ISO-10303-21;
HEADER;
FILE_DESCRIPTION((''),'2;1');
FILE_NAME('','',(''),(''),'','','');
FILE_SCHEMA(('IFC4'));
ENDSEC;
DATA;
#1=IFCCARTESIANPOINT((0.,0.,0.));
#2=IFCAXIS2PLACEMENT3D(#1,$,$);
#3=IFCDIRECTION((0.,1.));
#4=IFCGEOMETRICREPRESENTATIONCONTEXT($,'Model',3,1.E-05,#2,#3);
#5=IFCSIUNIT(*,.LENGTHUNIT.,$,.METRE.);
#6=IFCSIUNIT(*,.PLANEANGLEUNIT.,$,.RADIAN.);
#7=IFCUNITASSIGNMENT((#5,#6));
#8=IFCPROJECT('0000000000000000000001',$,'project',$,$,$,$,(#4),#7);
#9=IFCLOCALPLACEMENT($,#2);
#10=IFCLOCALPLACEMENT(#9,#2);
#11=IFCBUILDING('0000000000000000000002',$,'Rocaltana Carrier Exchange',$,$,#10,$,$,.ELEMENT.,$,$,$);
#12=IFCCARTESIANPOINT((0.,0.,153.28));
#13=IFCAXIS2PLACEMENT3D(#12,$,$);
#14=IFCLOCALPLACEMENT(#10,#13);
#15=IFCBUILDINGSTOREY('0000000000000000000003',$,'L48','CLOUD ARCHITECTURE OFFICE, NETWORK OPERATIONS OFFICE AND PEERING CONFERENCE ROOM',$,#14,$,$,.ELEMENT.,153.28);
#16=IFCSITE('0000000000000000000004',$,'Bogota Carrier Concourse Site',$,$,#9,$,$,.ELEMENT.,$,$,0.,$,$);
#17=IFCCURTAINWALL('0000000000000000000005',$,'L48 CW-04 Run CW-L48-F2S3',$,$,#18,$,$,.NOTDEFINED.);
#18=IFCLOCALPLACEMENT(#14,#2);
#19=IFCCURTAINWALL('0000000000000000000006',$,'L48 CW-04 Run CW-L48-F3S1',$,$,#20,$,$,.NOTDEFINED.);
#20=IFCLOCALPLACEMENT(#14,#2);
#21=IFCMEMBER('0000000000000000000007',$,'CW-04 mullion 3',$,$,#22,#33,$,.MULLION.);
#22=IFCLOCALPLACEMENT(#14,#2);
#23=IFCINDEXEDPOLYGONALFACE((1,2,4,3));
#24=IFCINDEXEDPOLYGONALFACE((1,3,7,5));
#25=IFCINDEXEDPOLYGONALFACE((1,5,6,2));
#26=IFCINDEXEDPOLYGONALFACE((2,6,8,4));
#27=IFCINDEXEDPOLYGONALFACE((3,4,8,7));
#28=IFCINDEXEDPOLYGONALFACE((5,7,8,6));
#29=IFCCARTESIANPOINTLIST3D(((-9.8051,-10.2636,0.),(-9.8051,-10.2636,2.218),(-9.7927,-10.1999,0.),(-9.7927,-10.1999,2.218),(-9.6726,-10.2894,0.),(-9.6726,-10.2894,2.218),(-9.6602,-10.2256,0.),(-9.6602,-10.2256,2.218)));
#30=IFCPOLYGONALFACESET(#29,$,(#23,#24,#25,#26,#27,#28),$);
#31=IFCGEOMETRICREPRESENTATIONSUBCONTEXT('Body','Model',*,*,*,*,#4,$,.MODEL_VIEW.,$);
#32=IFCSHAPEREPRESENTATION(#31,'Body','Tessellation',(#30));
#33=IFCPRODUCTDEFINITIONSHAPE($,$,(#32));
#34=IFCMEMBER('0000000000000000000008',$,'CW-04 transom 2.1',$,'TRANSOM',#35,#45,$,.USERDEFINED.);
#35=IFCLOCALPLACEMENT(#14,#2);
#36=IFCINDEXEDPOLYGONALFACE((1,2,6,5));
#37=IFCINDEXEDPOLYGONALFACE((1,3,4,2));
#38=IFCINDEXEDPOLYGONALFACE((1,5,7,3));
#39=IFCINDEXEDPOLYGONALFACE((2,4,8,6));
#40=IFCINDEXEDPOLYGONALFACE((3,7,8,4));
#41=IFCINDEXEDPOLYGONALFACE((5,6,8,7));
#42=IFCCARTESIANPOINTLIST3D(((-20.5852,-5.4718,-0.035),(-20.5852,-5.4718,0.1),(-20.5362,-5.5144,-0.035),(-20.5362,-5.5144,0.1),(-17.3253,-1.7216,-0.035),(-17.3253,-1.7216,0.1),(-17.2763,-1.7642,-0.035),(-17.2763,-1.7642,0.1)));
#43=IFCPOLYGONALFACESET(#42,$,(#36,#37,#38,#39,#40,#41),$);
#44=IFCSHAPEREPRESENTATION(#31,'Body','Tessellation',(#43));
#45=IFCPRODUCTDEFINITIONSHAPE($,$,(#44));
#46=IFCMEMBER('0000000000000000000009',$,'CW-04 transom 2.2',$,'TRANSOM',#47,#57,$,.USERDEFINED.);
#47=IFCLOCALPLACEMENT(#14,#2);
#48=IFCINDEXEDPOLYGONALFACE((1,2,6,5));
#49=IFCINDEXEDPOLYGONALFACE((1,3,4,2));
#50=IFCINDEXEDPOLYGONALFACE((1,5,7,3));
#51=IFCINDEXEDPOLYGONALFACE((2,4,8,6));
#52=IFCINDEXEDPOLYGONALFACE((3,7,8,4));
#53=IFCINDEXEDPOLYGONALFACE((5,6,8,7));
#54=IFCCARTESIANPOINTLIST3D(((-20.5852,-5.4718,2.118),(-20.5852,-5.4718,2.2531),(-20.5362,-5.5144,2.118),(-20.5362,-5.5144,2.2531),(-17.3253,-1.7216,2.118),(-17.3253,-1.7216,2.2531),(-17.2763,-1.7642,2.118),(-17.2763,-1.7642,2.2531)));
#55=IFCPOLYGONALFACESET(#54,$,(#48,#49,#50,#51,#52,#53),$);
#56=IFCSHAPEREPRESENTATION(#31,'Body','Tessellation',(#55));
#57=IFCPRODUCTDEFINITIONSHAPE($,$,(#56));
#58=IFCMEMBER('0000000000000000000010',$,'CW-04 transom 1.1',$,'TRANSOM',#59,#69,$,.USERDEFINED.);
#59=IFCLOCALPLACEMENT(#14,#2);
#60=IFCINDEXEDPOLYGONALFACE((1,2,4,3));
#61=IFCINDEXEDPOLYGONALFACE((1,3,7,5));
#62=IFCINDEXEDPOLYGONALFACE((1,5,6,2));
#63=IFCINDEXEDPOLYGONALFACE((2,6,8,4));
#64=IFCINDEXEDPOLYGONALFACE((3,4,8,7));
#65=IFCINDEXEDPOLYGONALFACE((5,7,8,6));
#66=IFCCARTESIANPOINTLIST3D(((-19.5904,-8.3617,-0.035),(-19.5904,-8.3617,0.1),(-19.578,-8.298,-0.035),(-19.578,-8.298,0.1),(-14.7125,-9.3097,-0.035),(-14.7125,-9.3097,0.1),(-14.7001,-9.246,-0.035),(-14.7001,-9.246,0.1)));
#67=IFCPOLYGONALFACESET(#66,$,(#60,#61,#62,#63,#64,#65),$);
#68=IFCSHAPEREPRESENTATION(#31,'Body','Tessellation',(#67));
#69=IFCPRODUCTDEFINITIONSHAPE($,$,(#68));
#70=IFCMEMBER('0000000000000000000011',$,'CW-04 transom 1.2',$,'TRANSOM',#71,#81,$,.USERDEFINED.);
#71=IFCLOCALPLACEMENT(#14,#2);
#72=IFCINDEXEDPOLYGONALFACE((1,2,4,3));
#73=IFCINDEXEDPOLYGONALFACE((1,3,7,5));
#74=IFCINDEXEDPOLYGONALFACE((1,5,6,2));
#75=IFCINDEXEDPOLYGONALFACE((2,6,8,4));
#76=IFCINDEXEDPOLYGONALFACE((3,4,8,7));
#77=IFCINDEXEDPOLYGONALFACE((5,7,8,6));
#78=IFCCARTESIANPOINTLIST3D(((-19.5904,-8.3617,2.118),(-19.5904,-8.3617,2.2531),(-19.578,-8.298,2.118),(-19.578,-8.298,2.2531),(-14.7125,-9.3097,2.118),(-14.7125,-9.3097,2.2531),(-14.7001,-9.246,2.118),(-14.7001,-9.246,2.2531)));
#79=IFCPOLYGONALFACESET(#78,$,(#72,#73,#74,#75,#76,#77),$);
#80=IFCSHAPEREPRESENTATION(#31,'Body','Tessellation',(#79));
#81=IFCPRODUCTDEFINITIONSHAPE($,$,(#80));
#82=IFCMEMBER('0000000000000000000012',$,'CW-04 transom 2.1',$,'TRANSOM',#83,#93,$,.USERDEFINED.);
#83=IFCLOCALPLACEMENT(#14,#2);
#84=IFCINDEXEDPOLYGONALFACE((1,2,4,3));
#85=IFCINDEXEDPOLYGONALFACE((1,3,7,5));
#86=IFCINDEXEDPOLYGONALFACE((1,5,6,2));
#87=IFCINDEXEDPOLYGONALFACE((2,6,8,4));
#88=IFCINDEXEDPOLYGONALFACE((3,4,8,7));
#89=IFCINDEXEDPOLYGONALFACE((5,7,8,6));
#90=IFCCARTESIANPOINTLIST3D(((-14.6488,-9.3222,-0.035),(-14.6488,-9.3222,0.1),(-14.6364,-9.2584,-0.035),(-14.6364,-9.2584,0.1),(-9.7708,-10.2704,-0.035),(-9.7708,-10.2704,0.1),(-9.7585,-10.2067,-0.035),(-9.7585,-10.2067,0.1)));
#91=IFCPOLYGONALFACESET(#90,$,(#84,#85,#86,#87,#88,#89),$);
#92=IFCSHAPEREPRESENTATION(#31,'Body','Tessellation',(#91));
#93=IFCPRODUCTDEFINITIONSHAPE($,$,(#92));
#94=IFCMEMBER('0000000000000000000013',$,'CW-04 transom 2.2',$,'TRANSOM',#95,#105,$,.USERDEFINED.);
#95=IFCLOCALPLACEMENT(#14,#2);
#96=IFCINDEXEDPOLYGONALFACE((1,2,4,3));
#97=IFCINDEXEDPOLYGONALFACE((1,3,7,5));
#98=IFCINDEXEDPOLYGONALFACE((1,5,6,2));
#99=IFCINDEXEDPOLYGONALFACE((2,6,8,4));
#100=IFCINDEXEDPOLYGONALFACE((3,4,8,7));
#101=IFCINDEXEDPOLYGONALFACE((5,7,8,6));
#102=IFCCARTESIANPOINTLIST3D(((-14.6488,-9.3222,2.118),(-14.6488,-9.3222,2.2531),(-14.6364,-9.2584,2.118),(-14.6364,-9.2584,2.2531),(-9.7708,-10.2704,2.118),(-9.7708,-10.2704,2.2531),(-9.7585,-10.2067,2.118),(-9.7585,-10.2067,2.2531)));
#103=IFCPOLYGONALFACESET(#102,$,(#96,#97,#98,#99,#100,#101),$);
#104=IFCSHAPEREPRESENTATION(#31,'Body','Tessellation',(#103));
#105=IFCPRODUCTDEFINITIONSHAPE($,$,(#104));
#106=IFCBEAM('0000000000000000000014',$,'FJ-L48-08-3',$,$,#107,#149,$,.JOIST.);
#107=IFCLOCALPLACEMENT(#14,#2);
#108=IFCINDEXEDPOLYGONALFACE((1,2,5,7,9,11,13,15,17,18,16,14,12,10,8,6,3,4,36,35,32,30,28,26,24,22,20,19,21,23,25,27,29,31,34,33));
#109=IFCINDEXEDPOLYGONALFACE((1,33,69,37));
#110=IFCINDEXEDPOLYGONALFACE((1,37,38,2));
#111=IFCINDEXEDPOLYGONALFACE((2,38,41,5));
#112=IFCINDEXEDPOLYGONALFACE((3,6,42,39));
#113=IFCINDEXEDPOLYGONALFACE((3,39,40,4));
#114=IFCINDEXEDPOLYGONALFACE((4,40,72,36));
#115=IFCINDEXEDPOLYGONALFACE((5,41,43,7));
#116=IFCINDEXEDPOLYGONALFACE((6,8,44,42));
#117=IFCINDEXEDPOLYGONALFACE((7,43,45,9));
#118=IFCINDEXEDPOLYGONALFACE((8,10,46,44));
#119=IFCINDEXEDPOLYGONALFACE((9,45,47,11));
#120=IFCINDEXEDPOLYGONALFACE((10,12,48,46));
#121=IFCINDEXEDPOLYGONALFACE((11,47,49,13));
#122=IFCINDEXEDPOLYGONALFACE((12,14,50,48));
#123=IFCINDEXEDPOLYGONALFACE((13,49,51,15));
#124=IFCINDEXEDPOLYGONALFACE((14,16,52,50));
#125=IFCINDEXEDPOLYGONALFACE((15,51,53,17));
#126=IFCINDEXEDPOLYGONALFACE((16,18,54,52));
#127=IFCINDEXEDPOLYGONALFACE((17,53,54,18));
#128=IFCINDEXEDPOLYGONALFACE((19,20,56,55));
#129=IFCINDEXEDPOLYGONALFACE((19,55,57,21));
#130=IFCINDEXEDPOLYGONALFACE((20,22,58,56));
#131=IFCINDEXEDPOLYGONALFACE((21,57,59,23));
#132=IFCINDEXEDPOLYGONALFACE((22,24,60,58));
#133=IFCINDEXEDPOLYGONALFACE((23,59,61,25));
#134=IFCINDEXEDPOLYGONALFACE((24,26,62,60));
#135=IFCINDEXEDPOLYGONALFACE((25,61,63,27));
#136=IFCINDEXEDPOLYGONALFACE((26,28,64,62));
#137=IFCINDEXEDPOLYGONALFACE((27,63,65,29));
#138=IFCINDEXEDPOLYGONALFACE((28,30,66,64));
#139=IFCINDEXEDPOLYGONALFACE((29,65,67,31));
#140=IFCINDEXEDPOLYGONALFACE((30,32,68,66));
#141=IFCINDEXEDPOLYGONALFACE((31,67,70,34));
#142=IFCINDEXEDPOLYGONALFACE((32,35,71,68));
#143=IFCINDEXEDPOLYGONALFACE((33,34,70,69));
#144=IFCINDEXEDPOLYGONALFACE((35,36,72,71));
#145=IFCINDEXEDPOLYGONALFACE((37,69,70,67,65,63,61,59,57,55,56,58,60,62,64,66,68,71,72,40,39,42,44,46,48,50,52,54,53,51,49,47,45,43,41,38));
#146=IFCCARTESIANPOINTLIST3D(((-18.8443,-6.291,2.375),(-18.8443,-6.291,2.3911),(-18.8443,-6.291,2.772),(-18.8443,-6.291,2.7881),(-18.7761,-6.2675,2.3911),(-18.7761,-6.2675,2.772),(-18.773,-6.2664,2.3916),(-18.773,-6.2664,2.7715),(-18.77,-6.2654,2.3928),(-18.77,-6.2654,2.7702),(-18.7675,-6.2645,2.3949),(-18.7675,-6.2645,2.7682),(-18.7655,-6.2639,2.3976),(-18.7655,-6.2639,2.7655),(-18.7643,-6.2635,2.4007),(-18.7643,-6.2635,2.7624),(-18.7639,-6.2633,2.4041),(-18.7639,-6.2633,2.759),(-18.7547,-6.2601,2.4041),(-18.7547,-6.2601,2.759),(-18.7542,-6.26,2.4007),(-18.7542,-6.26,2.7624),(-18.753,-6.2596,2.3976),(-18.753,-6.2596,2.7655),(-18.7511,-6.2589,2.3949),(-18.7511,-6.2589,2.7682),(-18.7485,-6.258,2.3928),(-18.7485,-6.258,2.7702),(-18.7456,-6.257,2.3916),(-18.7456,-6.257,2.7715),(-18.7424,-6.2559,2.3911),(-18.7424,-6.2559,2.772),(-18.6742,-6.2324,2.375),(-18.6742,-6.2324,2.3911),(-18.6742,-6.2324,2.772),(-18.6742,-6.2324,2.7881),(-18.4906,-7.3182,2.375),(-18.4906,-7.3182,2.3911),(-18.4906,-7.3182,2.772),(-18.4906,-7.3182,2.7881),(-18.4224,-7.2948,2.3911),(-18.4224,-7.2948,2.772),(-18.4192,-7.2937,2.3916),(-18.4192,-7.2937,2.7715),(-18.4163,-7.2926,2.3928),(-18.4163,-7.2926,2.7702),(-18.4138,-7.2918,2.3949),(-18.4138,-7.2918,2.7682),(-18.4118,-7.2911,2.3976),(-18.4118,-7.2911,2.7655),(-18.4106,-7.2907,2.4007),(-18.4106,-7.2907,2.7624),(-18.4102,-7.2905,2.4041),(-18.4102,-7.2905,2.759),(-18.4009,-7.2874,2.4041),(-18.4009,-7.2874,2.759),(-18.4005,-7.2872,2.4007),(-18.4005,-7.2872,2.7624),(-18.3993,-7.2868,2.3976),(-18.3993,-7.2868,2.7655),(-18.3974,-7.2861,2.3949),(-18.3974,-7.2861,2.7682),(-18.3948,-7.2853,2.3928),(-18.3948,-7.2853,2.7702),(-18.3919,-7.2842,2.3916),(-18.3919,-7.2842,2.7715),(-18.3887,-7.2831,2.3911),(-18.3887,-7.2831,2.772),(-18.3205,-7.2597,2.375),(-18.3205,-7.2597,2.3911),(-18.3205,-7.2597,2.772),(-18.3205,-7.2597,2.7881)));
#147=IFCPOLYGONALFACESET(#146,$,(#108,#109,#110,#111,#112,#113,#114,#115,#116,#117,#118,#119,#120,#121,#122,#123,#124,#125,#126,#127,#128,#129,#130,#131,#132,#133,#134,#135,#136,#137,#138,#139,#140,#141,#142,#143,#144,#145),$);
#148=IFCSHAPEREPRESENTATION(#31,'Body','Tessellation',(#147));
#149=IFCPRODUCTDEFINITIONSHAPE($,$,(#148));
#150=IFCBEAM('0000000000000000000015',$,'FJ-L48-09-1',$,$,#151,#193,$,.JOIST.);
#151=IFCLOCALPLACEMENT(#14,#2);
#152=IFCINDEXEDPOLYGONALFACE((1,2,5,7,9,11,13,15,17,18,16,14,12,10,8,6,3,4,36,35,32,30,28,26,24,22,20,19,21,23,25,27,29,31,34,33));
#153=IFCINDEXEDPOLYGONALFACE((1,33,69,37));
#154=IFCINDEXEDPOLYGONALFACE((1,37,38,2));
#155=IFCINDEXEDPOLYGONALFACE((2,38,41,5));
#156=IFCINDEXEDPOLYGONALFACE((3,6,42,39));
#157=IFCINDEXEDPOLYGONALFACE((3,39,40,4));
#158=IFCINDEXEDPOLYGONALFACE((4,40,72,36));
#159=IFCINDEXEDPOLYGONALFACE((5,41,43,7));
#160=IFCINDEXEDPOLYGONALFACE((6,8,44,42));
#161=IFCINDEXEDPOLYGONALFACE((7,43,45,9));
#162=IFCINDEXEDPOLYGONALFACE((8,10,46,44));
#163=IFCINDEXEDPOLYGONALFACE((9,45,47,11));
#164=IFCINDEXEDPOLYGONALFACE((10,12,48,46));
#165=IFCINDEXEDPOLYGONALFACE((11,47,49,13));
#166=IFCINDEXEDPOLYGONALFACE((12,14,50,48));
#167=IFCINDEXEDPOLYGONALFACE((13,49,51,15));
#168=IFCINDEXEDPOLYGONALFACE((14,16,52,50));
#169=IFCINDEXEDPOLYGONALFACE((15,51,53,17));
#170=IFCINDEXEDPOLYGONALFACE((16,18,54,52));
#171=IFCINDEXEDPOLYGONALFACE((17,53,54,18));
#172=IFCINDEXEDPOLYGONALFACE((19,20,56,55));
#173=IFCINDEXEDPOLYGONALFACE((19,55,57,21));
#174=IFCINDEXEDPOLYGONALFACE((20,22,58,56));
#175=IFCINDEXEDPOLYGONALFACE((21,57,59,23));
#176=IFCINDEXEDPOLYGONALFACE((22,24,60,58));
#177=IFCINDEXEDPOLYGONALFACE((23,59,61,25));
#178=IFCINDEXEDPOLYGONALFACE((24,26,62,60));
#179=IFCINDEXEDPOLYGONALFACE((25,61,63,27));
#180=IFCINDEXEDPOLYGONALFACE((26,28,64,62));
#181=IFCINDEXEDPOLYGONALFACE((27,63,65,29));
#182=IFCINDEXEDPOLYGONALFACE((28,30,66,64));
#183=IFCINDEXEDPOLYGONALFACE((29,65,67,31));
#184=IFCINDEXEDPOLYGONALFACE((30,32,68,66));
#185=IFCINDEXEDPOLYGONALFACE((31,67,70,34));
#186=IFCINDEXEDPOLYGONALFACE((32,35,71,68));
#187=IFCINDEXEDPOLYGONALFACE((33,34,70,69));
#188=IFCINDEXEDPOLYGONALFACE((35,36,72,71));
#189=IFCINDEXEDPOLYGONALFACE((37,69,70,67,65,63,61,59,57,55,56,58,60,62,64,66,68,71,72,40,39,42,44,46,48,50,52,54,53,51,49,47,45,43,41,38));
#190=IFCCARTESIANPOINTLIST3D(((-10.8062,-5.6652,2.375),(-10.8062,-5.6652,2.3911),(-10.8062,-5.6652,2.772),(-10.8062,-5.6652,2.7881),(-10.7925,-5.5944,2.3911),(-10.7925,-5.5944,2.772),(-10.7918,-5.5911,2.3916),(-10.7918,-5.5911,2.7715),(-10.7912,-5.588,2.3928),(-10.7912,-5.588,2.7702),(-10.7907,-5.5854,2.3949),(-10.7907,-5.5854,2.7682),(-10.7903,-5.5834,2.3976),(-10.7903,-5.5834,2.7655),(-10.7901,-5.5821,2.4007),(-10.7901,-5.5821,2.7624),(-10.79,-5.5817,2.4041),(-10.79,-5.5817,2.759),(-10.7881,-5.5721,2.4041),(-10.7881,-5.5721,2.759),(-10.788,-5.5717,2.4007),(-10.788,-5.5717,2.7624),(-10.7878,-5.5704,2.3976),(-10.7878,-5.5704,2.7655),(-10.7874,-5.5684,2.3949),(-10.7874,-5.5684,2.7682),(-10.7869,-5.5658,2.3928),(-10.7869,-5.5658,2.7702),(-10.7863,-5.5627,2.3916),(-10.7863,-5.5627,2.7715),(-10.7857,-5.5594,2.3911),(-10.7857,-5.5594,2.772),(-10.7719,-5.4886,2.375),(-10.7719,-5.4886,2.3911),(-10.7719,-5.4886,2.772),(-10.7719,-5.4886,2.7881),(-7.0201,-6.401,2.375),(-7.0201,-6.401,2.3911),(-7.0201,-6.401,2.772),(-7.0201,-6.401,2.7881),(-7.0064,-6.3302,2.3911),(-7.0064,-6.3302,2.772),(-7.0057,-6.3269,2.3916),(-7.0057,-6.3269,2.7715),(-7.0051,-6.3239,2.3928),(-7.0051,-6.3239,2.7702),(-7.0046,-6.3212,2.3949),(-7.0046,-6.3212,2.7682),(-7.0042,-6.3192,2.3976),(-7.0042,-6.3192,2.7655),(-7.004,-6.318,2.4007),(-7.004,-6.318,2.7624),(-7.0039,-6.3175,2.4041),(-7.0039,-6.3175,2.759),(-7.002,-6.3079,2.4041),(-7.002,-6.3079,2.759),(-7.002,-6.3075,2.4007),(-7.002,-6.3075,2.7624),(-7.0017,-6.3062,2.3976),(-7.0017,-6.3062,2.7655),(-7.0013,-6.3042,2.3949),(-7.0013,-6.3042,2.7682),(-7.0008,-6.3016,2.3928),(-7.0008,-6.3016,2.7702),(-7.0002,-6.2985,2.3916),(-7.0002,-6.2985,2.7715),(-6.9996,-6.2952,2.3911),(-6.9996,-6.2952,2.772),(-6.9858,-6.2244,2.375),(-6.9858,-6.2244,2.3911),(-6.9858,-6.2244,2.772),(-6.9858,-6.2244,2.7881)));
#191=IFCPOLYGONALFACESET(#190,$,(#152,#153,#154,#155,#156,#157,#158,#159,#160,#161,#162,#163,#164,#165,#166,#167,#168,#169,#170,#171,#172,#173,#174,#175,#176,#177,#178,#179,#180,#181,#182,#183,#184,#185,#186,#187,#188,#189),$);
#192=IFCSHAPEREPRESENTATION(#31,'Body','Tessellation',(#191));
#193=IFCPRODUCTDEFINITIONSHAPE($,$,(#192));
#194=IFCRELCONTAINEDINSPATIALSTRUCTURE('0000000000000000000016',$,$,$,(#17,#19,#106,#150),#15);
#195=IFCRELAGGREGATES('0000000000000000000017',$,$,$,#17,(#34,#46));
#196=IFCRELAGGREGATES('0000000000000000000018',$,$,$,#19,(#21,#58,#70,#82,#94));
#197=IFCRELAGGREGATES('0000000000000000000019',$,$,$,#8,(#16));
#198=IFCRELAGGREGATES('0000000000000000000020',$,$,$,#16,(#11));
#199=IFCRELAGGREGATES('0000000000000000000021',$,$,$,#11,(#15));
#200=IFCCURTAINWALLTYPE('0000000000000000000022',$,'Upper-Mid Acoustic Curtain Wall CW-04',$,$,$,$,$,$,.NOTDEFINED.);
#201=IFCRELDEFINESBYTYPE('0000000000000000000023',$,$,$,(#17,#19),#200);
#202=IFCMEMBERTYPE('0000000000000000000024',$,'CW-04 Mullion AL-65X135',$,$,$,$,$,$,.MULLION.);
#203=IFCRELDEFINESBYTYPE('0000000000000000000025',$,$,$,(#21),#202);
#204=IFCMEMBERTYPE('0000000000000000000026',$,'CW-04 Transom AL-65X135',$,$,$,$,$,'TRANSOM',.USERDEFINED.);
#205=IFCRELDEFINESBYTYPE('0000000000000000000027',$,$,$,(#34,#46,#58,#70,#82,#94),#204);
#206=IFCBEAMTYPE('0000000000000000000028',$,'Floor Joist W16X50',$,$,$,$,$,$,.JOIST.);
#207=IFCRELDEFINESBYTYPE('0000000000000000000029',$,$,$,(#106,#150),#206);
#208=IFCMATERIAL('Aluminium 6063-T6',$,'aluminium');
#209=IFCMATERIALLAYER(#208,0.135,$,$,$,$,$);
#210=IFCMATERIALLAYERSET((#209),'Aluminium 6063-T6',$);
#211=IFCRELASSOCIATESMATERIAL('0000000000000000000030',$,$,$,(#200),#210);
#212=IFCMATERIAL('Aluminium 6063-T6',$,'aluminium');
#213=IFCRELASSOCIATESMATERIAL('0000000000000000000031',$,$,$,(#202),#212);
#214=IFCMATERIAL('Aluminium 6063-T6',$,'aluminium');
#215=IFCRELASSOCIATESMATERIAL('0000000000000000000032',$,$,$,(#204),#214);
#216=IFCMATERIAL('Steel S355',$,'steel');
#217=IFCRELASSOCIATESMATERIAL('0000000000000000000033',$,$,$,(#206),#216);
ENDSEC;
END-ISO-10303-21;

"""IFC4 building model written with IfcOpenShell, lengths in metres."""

from ifc_helpers import new_model, si_unit, direction, frame, origin, origin_2d, place, context, subcontext, project, spatial, rectangle, i_section, extrude, material, layer, layer_set, material_profile, profile_set, type_object, element, aggregate, save


model = new_model("IFC4")

# Units and contexts
model_context = context("Model", 3, precision=1e-05, world=origin(), true_north=direction((0.0, 1.0)))
body_context = subcontext(model_context, "Body", "Model", "MODEL_VIEW")
ifc_project = project(units=[si_unit("LENGTHUNIT", "METRE"), si_unit("PLANEANGLEUNIT", "RADIAN")], contexts=[model_context])

# Site, building, storey
site_placement = place(None, origin())
site = spatial("IfcSite", under=ifc_project, at=site_placement, Name="Bogota Carrier Concourse Site", CompositionType="ELEMENT", RefElevation=0.0)
building_placement = place(site_placement, origin())
building = spatial("IfcBuilding", under=site, at=building_placement, Name="Rocaltana Carrier Exchange", CompositionType="ELEMENT")
storey_placement = place(building_placement, frame((0.0, 0.0, 153.28)))
storey = spatial("IfcBuildingStorey", under=building, at=storey_placement, Name="L48", Description="CLOUD ARCHITECTURE OFFICE, NETWORK OPERATIONS OFFICE AND PEERING CONFERENCE ROOM", CompositionType="ELEMENT", Elevation=153.28)

# Curtain walls, member
ifc_material_1 = material(Name="Aluminium 6063-T6", Category="aluminium")
ifc_layer_1 = layer(ifc_material_1, 0.135)
ifc_layer_set_1 = layer_set([ifc_layer_1], Name="Aluminium 6063-T6")
curtain_wall_type = type_object("IfcCurtainWallType", Name="Upper-Mid Acoustic Curtain Wall CW-04", PredefinedType="NOTDEFINED", material=ifc_layer_set_1)
curtain_wall_1_placement = place(storey_placement, origin())
curtain_wall_1 = element("IfcCurtainWall", 1, at=curtain_wall_1_placement, inside=storey, type_object=curtain_wall_type, Name="L48 CW-04 Run CW-L48-F2S3", PredefinedType="NOTDEFINED")
ifc_material_2 = material(Name="Aluminium 6063-T6", Category="aluminium")
ifc_material_profile_1 = material_profile(ifc_material_2, rectangle(XDim=0.0649, YDim=0.135, at=origin_2d()), Name="AL-65X135")
ifc_profile_set_1 = profile_set([ifc_material_profile_1], Name="Aluminium 6063-T6")
member_type_1 = type_object("IfcMemberType", Name="CW-04 Mullion AL-65X135", PredefinedType="MULLION", material=ifc_profile_set_1)
curtain_wall_2_placement = place(storey_placement, origin())
curtain_wall_2 = element("IfcCurtainWall", 2, at=curtain_wall_2_placement, inside=storey, type_object=curtain_wall_type, Name="L48 CW-04 Run CW-L48-F3S1", PredefinedType="NOTDEFINED")
member_1_placement = place(storey_placement, frame((-9.7327, -10.2446, 0.0), z_axis=(0.0, 0.0, 1.0), x_axis=(0.190803, 0.981628, 0.0)))
member_1 = element("IfcMember", 3, at=member_1_placement, type_object=member_type_1, Name="CW-04 mullion 3", PredefinedType="MULLION", context=body_context, shape_type="SweptSolid", body=[
    extrude(rectangle(XDim=0.0649, YDim=0.135, at=origin_2d()), origin(), (0.0, 0.0, 1.0), 2.218),
])

# Members
ifc_material_3 = material(Name="Aluminium 6063-T6", Category="aluminium")
ifc_material_profile_2 = material_profile(ifc_material_3, rectangle(XDim=0.0649, YDim=0.135, at=origin_2d()), Name="AL-65X135")
ifc_profile_set_2 = profile_set([ifc_material_profile_2], Name="Aluminium 6063-T6")
member_type_2 = type_object("IfcMemberType", Name="CW-04 Transom AL-65X135", ElementType="TRANSOM", PredefinedType="USERDEFINED", material=ifc_profile_set_2)
member_2_placement = place(storey_placement, frame((-17.3008, -1.7429, 0.0325), z_axis=(-0.656056, -0.754712, 0.0), x_axis=(0.754712, -0.656056, 0.0)))
member_2 = element("IfcMember", 4, at=member_2_placement, type_object=member_type_2, Name="CW-04 transom 2.1", ObjectType="TRANSOM", PredefinedType="USERDEFINED", context=body_context, shape_type="SweptSolid", body=[
    extrude(rectangle(XDim=0.0649, YDim=0.135, at=origin_2d()), origin(), (0.0, 0.0, 1.0), 4.969),
])
member_3_placement = place(storey_placement, frame((-17.3008, -1.7429, 2.1855), z_axis=(-0.656056, -0.754712, 0.0), x_axis=(0.754712, -0.656056, 0.0)))
member_3 = element("IfcMember", 5, at=member_3_placement, type_object=member_type_2, Name="CW-04 transom 2.2", ObjectType="TRANSOM", PredefinedType="USERDEFINED", context=body_context, shape_type="SweptSolid", body=[
    extrude(rectangle(XDim=0.0649, YDim=0.135, at=origin_2d()), origin(), (0.0, 0.0, 1.0), 4.969),
])
member_4_placement = place(storey_placement, frame((-19.5842, -8.3298, 0.0325), z_axis=(0.981634, -0.190775, 0.0), x_axis=(0.190775, 0.981634, 0.0)))
member_4 = element("IfcMember", 6, at=member_4_placement, type_object=member_type_2, Name="CW-04 transom 1.1", ObjectType="TRANSOM", PredefinedType="USERDEFINED", context=body_context, shape_type="SweptSolid", body=[
    extrude(rectangle(XDim=0.0649, YDim=0.135, at=origin_2d()), origin(), (0.0, 0.0, 1.0), 4.9692),
])
member_5_placement = place(storey_placement, frame((-19.5842, -8.3298, 2.1855), z_axis=(0.981634, -0.190775, 0.0), x_axis=(0.190775, 0.981634, 0.0)))
member_5 = element("IfcMember", 7, at=member_5_placement, type_object=member_type_2, Name="CW-04 transom 1.2", ObjectType="TRANSOM", PredefinedType="USERDEFINED", context=body_context, shape_type="SweptSolid", body=[
    extrude(rectangle(XDim=0.0649, YDim=0.135, at=origin_2d()), origin(), (0.0, 0.0, 1.0), 4.9692),
])
member_6_placement = place(storey_placement, frame((-14.6426, -9.2903, 0.0325), z_axis=(0.981625, -0.190822, 0.0), x_axis=(0.190822, 0.981625, 0.0)))
member_6 = element("IfcMember", 8, at=member_6_placement, type_object=member_type_2, Name="CW-04 transom 2.1", ObjectType="TRANSOM", PredefinedType="USERDEFINED", context=body_context, shape_type="SweptSolid", body=[
    extrude(rectangle(XDim=0.0649, YDim=0.135, at=origin_2d()), origin(), (0.0, 0.0, 1.0), 4.9692),
])
member_7_placement = place(storey_placement, frame((-14.6426, -9.2903, 2.1855), z_axis=(0.981625, -0.190822, 0.0), x_axis=(0.190822, 0.981625, 0.0)))
member_7 = element("IfcMember", 9, at=member_7_placement, type_object=member_type_2, Name="CW-04 transom 2.2", ObjectType="TRANSOM", PredefinedType="USERDEFINED", context=body_context, shape_type="SweptSolid", body=[
    extrude(rectangle(XDim=0.0649, YDim=0.135, at=origin_2d()), origin(), (0.0, 0.0, 1.0), 4.9692),
])

# Beams
ifc_material_4 = material(Name="Steel S355", Category="steel")
ifc_material_profile_3 = material_profile(ifc_material_4, i_section(OverallWidth=0.1799, OverallDepth=0.4131, WebThickness=0.0098, FlangeThickness=0.0161, FilletRadius=0.0129, at=origin_2d()), Name="W16X50")
ifc_profile_set_3 = profile_set([ifc_material_profile_3], Name="Steel S355")
beam_type_1 = type_object("IfcBeamType", Name="Floor Joist W16X50", PredefinedType="JOIST", material=ifc_profile_set_3)
beam_1_placement = place(storey_placement, frame((-18.7593, -6.2617, 2.5815), z_axis=(0.325582, -0.945514, 0.0), x_axis=(0.945514, 0.325582, 0.0)))
element("IfcBeam", 10, at=beam_1_placement, inside=storey, type_object=beam_type_1, Name="FJ-L48-08-3", PredefinedType="JOIST", context=body_context, shape_type="SweptSolid", body=[
    extrude(i_section(OverallWidth=0.1799, OverallDepth=0.4131, WebThickness=0.0098, FlangeThickness=0.0161, FilletRadius=0.0129, at=origin_2d()), origin(), (0.0, 0.0, 1.0), 1.0864),
])
beam_2_placement = place(storey_placement, frame((-10.7891, -5.5769, 2.5815), z_axis=(0.981633, -0.190782, 0.0), x_axis=(0.190782, 0.981633, 0.0)))
element("IfcBeam", 11, at=beam_2_placement, inside=storey, type_object=beam_type_1, Name="FJ-L48-09-1", PredefinedType="JOIST", context=body_context, shape_type="SweptSolid", body=[
    extrude(i_section(OverallWidth=0.1799, OverallDepth=0.4131, WebThickness=0.0098, FlangeThickness=0.0161, FilletRadius=0.0129, at=origin_2d()), origin(), (0.0, 0.0, 1.0), 3.8569),
])

aggregate(curtain_wall_1, [member_2, member_3])
aggregate(curtain_wall_2, [member_1, member_4, member_5, member_6, member_7])

save(model, "model.ifc")
